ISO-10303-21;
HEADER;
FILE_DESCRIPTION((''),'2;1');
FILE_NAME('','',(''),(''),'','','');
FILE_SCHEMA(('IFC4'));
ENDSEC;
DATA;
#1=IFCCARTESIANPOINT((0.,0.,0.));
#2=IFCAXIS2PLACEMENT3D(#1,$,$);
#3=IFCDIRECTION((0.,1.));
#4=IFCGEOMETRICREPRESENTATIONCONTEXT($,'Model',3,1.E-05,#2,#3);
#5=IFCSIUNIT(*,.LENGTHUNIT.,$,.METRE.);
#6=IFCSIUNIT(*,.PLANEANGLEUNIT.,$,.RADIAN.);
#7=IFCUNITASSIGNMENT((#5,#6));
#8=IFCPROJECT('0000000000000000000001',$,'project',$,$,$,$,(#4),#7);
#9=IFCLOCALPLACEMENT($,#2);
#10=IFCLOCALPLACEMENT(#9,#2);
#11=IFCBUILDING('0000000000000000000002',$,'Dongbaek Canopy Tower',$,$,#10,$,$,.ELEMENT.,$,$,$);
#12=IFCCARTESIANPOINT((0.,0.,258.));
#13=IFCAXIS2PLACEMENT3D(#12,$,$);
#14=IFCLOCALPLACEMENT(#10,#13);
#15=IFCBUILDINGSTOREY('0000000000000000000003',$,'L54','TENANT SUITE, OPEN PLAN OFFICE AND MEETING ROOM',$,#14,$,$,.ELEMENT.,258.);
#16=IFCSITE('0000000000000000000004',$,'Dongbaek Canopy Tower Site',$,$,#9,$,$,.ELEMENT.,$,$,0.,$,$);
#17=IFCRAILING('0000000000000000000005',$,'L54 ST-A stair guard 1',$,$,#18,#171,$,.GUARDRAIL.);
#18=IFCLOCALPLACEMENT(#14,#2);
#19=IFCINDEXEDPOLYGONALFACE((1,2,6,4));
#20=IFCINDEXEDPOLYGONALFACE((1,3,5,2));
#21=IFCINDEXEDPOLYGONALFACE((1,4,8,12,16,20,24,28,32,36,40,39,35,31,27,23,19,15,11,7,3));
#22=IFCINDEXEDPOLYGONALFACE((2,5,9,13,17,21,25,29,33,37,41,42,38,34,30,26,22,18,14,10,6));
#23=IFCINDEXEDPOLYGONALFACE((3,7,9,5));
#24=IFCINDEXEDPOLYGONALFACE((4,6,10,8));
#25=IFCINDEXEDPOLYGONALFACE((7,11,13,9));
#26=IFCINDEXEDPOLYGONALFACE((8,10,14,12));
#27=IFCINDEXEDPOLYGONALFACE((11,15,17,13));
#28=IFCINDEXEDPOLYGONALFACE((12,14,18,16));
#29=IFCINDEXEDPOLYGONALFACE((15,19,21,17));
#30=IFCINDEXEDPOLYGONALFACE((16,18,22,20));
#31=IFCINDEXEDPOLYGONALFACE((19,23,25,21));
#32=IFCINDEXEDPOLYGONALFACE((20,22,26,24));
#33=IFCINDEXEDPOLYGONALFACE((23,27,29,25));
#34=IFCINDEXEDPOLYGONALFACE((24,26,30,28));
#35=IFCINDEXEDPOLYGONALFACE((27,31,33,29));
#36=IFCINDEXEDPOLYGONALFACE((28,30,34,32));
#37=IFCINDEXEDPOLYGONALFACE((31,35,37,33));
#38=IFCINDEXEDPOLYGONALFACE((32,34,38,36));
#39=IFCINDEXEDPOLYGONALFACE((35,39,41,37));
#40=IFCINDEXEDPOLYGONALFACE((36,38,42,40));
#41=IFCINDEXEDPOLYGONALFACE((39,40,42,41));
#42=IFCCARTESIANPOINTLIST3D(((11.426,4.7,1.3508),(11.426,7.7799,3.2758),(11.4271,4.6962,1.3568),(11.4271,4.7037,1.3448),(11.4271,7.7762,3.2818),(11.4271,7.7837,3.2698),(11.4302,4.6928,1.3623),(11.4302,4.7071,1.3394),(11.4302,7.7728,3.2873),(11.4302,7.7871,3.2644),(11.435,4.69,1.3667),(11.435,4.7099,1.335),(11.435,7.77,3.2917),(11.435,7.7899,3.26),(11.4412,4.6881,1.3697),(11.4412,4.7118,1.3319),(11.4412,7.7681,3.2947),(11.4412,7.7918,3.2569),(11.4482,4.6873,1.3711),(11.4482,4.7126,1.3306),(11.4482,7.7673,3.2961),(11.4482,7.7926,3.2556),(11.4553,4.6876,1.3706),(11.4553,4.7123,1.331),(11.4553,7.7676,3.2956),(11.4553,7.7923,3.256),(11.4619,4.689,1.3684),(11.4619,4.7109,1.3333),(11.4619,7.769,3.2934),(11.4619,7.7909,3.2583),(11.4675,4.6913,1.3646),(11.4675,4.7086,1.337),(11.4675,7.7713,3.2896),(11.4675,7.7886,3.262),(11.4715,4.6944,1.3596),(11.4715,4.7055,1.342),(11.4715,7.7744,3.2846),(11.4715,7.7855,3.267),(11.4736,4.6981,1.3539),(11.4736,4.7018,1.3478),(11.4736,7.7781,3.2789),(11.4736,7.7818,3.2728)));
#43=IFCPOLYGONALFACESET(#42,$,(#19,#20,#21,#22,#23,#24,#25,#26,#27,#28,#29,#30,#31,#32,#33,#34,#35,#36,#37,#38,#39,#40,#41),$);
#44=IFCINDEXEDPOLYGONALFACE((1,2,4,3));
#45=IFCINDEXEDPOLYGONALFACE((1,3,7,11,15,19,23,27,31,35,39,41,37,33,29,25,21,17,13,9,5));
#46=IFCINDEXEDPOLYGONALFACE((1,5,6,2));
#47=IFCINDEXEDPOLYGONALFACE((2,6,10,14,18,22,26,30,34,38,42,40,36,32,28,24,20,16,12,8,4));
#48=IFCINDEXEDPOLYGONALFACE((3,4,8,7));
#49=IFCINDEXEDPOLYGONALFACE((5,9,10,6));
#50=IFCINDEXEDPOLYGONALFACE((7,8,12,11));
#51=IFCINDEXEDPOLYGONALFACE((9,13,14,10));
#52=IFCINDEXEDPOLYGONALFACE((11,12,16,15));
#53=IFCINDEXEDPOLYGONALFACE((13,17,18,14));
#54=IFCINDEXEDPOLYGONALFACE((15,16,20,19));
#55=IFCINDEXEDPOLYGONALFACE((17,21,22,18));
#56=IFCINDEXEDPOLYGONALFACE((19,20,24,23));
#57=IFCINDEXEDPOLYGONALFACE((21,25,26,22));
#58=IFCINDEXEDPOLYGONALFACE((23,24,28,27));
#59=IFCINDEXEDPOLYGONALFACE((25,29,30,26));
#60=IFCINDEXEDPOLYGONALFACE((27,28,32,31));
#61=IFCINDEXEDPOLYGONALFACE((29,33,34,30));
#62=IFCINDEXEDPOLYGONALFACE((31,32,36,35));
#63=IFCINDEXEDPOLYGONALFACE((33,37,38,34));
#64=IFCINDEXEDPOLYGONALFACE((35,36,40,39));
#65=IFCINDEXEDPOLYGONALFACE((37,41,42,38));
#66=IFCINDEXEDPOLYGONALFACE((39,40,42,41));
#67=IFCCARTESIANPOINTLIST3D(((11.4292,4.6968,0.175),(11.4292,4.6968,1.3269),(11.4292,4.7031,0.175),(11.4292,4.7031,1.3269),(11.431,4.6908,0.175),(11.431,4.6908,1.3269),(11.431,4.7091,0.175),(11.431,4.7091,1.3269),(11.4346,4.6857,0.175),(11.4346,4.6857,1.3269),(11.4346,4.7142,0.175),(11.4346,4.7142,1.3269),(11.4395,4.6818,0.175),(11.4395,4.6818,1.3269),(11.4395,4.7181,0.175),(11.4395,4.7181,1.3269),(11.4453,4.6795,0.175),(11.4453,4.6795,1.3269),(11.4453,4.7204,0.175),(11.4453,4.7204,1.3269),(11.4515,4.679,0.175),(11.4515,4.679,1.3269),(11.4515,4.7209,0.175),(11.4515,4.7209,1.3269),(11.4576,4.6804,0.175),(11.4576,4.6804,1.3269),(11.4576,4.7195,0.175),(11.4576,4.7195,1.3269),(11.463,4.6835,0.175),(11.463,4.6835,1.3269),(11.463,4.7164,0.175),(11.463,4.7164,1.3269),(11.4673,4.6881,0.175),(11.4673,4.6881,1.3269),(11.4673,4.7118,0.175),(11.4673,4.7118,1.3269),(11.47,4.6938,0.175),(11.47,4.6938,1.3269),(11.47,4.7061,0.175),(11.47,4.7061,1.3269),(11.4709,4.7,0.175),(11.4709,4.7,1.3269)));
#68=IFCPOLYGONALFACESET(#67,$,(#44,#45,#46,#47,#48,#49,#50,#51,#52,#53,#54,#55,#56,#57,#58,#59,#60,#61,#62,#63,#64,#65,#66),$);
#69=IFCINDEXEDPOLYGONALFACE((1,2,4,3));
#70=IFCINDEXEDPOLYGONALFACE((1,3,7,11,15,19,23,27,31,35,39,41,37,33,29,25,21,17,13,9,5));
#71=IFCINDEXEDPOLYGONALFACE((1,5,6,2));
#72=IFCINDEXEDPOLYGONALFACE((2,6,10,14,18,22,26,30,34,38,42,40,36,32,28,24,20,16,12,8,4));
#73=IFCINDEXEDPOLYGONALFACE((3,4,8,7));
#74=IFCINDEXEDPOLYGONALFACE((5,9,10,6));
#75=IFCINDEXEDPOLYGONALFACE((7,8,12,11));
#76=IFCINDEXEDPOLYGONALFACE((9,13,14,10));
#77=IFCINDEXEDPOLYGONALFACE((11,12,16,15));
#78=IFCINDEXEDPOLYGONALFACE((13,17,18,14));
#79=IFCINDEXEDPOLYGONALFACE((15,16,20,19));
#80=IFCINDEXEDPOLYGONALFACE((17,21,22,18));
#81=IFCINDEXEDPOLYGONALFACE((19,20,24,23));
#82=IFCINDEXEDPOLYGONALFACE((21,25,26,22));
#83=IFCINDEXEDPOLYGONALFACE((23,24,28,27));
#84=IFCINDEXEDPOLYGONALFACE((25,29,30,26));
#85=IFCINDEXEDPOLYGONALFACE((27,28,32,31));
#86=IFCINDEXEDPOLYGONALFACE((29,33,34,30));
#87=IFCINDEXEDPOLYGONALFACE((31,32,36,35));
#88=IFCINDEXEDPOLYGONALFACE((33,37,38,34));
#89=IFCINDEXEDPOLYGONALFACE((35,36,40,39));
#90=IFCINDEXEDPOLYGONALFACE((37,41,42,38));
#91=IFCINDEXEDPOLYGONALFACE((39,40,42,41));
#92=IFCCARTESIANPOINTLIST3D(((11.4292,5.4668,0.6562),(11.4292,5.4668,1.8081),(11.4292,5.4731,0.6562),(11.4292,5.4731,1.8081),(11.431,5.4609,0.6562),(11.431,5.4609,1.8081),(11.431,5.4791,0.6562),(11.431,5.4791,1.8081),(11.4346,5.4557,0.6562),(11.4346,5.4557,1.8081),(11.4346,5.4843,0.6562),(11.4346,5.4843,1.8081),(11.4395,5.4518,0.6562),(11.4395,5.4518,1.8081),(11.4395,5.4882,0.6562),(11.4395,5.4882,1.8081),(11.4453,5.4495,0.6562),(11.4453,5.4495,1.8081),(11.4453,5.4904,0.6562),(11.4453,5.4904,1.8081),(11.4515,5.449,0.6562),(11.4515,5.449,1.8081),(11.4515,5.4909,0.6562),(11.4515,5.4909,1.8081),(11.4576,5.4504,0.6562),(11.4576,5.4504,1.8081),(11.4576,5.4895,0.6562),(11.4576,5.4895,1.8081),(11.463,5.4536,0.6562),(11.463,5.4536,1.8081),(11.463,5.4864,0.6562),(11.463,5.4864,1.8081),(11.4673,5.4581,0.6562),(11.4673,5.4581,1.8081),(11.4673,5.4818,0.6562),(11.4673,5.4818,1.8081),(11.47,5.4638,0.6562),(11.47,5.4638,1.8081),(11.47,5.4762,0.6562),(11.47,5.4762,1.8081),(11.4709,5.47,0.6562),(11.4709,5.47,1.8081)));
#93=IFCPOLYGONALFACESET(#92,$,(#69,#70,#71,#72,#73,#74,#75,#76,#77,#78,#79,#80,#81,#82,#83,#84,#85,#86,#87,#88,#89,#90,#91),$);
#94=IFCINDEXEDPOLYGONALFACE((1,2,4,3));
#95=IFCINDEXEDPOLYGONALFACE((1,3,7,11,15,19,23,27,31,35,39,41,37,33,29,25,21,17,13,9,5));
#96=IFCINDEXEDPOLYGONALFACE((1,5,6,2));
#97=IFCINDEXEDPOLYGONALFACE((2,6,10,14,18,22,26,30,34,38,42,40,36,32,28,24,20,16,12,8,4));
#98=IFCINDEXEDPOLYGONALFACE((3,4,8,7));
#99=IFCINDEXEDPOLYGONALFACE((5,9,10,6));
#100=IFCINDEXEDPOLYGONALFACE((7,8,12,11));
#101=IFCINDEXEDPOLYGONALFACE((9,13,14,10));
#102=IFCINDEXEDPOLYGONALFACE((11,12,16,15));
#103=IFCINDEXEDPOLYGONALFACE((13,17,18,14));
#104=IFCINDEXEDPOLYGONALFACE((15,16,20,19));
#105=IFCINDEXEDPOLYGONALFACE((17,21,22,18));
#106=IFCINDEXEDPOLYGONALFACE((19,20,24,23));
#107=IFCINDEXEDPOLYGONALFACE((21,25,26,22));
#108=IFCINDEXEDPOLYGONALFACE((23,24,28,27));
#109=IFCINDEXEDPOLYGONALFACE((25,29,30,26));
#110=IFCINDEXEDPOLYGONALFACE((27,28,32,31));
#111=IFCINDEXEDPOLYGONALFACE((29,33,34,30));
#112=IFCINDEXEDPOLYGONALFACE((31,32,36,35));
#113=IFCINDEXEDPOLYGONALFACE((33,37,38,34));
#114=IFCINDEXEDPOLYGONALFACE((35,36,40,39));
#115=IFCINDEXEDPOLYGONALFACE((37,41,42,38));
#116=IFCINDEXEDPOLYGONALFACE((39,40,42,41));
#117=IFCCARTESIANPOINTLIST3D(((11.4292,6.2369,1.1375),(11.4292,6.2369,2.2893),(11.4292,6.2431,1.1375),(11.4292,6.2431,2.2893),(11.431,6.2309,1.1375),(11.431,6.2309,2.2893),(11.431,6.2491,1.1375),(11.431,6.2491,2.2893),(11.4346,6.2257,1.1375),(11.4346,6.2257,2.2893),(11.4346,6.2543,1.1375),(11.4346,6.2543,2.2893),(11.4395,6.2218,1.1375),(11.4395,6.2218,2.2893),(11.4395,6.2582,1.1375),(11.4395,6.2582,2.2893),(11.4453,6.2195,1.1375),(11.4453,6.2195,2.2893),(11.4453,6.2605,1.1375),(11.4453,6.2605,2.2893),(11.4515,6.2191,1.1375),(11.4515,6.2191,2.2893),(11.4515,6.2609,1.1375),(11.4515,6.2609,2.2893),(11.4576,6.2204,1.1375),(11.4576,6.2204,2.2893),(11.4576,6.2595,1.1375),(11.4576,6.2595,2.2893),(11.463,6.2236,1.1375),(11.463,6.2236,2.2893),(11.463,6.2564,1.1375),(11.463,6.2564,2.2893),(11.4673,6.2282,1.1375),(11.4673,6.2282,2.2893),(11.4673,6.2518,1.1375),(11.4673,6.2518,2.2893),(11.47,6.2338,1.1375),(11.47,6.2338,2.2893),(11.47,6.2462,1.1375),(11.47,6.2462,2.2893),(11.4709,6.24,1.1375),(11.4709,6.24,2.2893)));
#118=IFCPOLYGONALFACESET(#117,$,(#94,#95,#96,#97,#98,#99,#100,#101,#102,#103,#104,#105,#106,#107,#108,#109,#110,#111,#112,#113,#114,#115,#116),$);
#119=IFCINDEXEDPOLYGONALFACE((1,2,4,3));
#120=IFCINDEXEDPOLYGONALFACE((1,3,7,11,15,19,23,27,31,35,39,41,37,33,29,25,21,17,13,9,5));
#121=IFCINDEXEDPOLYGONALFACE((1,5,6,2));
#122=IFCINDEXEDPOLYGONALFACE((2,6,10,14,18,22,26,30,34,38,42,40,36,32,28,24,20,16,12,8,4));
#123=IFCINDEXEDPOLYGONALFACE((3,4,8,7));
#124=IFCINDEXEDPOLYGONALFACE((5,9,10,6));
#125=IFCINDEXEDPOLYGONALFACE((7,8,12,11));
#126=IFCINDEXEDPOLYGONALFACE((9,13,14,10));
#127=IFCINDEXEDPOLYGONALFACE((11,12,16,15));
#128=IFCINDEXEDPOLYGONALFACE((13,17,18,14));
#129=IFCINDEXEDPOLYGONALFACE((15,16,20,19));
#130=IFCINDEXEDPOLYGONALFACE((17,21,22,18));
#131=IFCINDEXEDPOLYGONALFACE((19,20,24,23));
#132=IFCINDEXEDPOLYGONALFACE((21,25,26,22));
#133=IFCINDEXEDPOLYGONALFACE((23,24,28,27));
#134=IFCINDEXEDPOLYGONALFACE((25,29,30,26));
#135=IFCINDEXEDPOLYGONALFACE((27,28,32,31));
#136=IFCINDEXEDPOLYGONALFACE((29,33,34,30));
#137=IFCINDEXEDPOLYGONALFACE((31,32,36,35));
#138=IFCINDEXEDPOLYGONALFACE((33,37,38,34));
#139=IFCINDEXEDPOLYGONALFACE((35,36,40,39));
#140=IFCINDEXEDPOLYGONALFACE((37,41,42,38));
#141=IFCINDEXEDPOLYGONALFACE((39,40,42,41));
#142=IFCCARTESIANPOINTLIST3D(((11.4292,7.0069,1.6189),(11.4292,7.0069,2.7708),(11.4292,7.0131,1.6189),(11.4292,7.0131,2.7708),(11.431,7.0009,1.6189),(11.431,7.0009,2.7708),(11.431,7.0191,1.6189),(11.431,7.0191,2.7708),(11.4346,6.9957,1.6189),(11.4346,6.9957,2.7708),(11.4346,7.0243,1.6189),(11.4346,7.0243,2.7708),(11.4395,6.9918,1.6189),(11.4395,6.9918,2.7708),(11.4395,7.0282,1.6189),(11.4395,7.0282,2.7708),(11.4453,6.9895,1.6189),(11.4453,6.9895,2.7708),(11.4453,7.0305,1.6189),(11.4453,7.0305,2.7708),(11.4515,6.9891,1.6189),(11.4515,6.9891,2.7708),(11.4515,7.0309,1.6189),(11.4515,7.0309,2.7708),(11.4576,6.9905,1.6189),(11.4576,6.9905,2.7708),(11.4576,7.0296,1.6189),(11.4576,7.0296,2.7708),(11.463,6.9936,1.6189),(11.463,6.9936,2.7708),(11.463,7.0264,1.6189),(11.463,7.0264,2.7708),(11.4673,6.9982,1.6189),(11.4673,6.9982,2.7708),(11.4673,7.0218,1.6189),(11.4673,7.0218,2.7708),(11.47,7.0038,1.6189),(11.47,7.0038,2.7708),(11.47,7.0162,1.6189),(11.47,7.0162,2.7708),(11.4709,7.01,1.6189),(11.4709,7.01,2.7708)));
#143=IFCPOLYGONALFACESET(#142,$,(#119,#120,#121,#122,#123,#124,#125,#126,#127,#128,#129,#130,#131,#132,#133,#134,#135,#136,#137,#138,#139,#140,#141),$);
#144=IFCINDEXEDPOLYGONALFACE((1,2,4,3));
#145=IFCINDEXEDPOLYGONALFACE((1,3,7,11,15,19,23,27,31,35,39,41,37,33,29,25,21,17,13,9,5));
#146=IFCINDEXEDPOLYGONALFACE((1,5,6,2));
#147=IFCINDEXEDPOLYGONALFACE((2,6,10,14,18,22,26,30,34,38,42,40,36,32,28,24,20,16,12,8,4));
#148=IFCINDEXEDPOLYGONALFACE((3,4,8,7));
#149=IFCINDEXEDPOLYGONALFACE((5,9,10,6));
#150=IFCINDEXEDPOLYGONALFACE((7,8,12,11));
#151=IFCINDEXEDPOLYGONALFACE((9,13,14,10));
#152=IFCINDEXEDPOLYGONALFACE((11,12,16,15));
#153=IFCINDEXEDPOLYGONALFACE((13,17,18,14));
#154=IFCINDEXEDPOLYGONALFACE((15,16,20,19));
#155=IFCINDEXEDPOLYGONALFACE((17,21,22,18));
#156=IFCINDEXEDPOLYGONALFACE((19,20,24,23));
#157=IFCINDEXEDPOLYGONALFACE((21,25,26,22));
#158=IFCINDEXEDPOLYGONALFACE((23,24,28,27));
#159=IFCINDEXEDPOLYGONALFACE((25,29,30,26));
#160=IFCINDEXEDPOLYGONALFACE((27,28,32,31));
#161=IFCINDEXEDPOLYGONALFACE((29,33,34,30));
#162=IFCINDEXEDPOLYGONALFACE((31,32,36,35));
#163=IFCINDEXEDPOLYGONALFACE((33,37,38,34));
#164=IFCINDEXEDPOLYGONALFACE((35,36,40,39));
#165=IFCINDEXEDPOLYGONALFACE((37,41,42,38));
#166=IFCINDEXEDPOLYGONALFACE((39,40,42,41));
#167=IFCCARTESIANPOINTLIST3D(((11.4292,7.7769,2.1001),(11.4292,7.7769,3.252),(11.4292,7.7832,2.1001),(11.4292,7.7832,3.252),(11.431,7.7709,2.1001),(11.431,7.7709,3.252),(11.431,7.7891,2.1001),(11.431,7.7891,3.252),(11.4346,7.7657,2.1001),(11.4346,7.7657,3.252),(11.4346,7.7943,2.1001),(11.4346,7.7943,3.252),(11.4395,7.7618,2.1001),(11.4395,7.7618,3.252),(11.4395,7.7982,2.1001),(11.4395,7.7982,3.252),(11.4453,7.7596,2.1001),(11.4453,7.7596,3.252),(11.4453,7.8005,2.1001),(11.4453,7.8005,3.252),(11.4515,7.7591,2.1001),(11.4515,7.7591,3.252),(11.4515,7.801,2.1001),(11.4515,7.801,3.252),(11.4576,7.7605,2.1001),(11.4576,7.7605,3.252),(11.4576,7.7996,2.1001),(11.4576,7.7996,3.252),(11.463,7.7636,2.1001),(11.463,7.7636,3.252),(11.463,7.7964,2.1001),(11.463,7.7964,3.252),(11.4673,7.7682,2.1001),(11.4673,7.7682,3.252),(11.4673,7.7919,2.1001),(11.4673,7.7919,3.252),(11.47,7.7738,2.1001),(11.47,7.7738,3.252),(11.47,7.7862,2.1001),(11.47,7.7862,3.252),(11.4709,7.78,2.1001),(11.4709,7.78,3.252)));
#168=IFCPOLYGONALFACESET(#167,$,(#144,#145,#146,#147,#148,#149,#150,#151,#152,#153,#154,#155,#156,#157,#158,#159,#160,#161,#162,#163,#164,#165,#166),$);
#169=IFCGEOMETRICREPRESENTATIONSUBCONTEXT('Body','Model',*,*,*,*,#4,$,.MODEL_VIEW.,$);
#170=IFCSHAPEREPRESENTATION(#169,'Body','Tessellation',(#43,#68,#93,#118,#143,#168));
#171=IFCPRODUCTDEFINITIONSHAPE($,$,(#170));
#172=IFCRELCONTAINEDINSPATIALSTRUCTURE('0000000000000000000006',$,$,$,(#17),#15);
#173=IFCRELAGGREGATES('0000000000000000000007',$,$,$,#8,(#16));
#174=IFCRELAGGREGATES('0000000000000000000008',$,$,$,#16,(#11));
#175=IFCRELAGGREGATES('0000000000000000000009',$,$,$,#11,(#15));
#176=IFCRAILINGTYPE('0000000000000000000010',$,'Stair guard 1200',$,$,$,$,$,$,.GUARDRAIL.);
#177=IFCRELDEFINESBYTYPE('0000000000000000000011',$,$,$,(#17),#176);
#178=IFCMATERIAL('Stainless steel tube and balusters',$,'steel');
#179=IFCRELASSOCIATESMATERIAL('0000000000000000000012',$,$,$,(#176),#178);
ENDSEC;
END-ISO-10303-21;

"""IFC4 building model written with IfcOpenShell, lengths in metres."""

from ifc_helpers import new_model, si_unit, direction, frame, origin, origin_2d, place, context, subcontext, project, spatial, circle, extrude, material, type_object, element, save


model = new_model("IFC4")

# Units and contexts
model_context = context("Model", 3, precision=1e-05, world=origin(), true_north=direction((0.0, 1.0)))
body_context = subcontext(model_context, "Body", "Model", "MODEL_VIEW")
ifc_project = project(units=[si_unit("LENGTHUNIT", "METRE"), si_unit("PLANEANGLEUNIT", "RADIAN")], contexts=[model_context])

# Site, building, storey
site_placement = place(None, origin())
site = spatial("IfcSite", under=ifc_project, at=site_placement, Name="Dongbaek Canopy Tower Site", CompositionType="ELEMENT", RefElevation=0.0)
building_placement = place(site_placement, origin())
building = spatial("IfcBuilding", under=site, at=building_placement, Name="Dongbaek Canopy Tower", CompositionType="ELEMENT")
storey_placement = place(building_placement, frame((0.0, 0.0, 258.0)))
storey = spatial("IfcBuildingStorey", under=building, at=storey_placement, Name="L54", Description="TENANT SUITE, OPEN PLAN OFFICE AND MEETING ROOM", CompositionType="ELEMENT", Elevation=258.0)

# Railing
ifc_material_1 = material(Name="Stainless steel tube and balusters", Category="steel")
railing_type_1 = type_object("IfcRailingType", Name="Stair guard 1200", PredefinedType="GUARDRAIL", material=ifc_material_1)
railing_1_placement = place(storey_placement, frame((11.45, 4.7, 0.175)))
element("IfcRailing", 1, at=railing_1_placement, inside=storey, type_object=railing_type_1, Name="L54 ST-A stair guard 1", PredefinedType="GUARDRAIL", context=body_context, shape_type="SweptSolid", body=[
    extrude(circle(Radius=0.0239, at=origin_2d()), frame((0.0, 0.0, 1.1758), z_axis=(0.0, 0.847998, 0.529999), x_axis=(-1.0, 0.0, 0.0)), (0.0, 0.0, 1.0), 3.6321),
    extrude(circle(Radius=0.021, at=origin_2d()), origin(), (0.0, 0.0, 1.0), 1.1519),
    extrude(circle(Radius=0.021, at=origin_2d()), frame((0.0, 0.77, 0.4812)), (0.0, 0.0, 1.0), 1.1519),
    extrude(circle(Radius=0.021, at=origin_2d()), frame((0.0, 1.54, 0.9624)), (0.0, 0.0, 1.0), 1.1519),
    extrude(circle(Radius=0.021, at=origin_2d()), frame((0.0, 2.3101, 1.4438)), (0.0, 0.0, 1.0), 1.1519),
    extrude(circle(Radius=0.021, at=origin_2d()), frame((0.0, 3.0801, 1.925)), (0.0, 0.0, 1.0), 1.1519),
])

save(model, "model.ifc")
